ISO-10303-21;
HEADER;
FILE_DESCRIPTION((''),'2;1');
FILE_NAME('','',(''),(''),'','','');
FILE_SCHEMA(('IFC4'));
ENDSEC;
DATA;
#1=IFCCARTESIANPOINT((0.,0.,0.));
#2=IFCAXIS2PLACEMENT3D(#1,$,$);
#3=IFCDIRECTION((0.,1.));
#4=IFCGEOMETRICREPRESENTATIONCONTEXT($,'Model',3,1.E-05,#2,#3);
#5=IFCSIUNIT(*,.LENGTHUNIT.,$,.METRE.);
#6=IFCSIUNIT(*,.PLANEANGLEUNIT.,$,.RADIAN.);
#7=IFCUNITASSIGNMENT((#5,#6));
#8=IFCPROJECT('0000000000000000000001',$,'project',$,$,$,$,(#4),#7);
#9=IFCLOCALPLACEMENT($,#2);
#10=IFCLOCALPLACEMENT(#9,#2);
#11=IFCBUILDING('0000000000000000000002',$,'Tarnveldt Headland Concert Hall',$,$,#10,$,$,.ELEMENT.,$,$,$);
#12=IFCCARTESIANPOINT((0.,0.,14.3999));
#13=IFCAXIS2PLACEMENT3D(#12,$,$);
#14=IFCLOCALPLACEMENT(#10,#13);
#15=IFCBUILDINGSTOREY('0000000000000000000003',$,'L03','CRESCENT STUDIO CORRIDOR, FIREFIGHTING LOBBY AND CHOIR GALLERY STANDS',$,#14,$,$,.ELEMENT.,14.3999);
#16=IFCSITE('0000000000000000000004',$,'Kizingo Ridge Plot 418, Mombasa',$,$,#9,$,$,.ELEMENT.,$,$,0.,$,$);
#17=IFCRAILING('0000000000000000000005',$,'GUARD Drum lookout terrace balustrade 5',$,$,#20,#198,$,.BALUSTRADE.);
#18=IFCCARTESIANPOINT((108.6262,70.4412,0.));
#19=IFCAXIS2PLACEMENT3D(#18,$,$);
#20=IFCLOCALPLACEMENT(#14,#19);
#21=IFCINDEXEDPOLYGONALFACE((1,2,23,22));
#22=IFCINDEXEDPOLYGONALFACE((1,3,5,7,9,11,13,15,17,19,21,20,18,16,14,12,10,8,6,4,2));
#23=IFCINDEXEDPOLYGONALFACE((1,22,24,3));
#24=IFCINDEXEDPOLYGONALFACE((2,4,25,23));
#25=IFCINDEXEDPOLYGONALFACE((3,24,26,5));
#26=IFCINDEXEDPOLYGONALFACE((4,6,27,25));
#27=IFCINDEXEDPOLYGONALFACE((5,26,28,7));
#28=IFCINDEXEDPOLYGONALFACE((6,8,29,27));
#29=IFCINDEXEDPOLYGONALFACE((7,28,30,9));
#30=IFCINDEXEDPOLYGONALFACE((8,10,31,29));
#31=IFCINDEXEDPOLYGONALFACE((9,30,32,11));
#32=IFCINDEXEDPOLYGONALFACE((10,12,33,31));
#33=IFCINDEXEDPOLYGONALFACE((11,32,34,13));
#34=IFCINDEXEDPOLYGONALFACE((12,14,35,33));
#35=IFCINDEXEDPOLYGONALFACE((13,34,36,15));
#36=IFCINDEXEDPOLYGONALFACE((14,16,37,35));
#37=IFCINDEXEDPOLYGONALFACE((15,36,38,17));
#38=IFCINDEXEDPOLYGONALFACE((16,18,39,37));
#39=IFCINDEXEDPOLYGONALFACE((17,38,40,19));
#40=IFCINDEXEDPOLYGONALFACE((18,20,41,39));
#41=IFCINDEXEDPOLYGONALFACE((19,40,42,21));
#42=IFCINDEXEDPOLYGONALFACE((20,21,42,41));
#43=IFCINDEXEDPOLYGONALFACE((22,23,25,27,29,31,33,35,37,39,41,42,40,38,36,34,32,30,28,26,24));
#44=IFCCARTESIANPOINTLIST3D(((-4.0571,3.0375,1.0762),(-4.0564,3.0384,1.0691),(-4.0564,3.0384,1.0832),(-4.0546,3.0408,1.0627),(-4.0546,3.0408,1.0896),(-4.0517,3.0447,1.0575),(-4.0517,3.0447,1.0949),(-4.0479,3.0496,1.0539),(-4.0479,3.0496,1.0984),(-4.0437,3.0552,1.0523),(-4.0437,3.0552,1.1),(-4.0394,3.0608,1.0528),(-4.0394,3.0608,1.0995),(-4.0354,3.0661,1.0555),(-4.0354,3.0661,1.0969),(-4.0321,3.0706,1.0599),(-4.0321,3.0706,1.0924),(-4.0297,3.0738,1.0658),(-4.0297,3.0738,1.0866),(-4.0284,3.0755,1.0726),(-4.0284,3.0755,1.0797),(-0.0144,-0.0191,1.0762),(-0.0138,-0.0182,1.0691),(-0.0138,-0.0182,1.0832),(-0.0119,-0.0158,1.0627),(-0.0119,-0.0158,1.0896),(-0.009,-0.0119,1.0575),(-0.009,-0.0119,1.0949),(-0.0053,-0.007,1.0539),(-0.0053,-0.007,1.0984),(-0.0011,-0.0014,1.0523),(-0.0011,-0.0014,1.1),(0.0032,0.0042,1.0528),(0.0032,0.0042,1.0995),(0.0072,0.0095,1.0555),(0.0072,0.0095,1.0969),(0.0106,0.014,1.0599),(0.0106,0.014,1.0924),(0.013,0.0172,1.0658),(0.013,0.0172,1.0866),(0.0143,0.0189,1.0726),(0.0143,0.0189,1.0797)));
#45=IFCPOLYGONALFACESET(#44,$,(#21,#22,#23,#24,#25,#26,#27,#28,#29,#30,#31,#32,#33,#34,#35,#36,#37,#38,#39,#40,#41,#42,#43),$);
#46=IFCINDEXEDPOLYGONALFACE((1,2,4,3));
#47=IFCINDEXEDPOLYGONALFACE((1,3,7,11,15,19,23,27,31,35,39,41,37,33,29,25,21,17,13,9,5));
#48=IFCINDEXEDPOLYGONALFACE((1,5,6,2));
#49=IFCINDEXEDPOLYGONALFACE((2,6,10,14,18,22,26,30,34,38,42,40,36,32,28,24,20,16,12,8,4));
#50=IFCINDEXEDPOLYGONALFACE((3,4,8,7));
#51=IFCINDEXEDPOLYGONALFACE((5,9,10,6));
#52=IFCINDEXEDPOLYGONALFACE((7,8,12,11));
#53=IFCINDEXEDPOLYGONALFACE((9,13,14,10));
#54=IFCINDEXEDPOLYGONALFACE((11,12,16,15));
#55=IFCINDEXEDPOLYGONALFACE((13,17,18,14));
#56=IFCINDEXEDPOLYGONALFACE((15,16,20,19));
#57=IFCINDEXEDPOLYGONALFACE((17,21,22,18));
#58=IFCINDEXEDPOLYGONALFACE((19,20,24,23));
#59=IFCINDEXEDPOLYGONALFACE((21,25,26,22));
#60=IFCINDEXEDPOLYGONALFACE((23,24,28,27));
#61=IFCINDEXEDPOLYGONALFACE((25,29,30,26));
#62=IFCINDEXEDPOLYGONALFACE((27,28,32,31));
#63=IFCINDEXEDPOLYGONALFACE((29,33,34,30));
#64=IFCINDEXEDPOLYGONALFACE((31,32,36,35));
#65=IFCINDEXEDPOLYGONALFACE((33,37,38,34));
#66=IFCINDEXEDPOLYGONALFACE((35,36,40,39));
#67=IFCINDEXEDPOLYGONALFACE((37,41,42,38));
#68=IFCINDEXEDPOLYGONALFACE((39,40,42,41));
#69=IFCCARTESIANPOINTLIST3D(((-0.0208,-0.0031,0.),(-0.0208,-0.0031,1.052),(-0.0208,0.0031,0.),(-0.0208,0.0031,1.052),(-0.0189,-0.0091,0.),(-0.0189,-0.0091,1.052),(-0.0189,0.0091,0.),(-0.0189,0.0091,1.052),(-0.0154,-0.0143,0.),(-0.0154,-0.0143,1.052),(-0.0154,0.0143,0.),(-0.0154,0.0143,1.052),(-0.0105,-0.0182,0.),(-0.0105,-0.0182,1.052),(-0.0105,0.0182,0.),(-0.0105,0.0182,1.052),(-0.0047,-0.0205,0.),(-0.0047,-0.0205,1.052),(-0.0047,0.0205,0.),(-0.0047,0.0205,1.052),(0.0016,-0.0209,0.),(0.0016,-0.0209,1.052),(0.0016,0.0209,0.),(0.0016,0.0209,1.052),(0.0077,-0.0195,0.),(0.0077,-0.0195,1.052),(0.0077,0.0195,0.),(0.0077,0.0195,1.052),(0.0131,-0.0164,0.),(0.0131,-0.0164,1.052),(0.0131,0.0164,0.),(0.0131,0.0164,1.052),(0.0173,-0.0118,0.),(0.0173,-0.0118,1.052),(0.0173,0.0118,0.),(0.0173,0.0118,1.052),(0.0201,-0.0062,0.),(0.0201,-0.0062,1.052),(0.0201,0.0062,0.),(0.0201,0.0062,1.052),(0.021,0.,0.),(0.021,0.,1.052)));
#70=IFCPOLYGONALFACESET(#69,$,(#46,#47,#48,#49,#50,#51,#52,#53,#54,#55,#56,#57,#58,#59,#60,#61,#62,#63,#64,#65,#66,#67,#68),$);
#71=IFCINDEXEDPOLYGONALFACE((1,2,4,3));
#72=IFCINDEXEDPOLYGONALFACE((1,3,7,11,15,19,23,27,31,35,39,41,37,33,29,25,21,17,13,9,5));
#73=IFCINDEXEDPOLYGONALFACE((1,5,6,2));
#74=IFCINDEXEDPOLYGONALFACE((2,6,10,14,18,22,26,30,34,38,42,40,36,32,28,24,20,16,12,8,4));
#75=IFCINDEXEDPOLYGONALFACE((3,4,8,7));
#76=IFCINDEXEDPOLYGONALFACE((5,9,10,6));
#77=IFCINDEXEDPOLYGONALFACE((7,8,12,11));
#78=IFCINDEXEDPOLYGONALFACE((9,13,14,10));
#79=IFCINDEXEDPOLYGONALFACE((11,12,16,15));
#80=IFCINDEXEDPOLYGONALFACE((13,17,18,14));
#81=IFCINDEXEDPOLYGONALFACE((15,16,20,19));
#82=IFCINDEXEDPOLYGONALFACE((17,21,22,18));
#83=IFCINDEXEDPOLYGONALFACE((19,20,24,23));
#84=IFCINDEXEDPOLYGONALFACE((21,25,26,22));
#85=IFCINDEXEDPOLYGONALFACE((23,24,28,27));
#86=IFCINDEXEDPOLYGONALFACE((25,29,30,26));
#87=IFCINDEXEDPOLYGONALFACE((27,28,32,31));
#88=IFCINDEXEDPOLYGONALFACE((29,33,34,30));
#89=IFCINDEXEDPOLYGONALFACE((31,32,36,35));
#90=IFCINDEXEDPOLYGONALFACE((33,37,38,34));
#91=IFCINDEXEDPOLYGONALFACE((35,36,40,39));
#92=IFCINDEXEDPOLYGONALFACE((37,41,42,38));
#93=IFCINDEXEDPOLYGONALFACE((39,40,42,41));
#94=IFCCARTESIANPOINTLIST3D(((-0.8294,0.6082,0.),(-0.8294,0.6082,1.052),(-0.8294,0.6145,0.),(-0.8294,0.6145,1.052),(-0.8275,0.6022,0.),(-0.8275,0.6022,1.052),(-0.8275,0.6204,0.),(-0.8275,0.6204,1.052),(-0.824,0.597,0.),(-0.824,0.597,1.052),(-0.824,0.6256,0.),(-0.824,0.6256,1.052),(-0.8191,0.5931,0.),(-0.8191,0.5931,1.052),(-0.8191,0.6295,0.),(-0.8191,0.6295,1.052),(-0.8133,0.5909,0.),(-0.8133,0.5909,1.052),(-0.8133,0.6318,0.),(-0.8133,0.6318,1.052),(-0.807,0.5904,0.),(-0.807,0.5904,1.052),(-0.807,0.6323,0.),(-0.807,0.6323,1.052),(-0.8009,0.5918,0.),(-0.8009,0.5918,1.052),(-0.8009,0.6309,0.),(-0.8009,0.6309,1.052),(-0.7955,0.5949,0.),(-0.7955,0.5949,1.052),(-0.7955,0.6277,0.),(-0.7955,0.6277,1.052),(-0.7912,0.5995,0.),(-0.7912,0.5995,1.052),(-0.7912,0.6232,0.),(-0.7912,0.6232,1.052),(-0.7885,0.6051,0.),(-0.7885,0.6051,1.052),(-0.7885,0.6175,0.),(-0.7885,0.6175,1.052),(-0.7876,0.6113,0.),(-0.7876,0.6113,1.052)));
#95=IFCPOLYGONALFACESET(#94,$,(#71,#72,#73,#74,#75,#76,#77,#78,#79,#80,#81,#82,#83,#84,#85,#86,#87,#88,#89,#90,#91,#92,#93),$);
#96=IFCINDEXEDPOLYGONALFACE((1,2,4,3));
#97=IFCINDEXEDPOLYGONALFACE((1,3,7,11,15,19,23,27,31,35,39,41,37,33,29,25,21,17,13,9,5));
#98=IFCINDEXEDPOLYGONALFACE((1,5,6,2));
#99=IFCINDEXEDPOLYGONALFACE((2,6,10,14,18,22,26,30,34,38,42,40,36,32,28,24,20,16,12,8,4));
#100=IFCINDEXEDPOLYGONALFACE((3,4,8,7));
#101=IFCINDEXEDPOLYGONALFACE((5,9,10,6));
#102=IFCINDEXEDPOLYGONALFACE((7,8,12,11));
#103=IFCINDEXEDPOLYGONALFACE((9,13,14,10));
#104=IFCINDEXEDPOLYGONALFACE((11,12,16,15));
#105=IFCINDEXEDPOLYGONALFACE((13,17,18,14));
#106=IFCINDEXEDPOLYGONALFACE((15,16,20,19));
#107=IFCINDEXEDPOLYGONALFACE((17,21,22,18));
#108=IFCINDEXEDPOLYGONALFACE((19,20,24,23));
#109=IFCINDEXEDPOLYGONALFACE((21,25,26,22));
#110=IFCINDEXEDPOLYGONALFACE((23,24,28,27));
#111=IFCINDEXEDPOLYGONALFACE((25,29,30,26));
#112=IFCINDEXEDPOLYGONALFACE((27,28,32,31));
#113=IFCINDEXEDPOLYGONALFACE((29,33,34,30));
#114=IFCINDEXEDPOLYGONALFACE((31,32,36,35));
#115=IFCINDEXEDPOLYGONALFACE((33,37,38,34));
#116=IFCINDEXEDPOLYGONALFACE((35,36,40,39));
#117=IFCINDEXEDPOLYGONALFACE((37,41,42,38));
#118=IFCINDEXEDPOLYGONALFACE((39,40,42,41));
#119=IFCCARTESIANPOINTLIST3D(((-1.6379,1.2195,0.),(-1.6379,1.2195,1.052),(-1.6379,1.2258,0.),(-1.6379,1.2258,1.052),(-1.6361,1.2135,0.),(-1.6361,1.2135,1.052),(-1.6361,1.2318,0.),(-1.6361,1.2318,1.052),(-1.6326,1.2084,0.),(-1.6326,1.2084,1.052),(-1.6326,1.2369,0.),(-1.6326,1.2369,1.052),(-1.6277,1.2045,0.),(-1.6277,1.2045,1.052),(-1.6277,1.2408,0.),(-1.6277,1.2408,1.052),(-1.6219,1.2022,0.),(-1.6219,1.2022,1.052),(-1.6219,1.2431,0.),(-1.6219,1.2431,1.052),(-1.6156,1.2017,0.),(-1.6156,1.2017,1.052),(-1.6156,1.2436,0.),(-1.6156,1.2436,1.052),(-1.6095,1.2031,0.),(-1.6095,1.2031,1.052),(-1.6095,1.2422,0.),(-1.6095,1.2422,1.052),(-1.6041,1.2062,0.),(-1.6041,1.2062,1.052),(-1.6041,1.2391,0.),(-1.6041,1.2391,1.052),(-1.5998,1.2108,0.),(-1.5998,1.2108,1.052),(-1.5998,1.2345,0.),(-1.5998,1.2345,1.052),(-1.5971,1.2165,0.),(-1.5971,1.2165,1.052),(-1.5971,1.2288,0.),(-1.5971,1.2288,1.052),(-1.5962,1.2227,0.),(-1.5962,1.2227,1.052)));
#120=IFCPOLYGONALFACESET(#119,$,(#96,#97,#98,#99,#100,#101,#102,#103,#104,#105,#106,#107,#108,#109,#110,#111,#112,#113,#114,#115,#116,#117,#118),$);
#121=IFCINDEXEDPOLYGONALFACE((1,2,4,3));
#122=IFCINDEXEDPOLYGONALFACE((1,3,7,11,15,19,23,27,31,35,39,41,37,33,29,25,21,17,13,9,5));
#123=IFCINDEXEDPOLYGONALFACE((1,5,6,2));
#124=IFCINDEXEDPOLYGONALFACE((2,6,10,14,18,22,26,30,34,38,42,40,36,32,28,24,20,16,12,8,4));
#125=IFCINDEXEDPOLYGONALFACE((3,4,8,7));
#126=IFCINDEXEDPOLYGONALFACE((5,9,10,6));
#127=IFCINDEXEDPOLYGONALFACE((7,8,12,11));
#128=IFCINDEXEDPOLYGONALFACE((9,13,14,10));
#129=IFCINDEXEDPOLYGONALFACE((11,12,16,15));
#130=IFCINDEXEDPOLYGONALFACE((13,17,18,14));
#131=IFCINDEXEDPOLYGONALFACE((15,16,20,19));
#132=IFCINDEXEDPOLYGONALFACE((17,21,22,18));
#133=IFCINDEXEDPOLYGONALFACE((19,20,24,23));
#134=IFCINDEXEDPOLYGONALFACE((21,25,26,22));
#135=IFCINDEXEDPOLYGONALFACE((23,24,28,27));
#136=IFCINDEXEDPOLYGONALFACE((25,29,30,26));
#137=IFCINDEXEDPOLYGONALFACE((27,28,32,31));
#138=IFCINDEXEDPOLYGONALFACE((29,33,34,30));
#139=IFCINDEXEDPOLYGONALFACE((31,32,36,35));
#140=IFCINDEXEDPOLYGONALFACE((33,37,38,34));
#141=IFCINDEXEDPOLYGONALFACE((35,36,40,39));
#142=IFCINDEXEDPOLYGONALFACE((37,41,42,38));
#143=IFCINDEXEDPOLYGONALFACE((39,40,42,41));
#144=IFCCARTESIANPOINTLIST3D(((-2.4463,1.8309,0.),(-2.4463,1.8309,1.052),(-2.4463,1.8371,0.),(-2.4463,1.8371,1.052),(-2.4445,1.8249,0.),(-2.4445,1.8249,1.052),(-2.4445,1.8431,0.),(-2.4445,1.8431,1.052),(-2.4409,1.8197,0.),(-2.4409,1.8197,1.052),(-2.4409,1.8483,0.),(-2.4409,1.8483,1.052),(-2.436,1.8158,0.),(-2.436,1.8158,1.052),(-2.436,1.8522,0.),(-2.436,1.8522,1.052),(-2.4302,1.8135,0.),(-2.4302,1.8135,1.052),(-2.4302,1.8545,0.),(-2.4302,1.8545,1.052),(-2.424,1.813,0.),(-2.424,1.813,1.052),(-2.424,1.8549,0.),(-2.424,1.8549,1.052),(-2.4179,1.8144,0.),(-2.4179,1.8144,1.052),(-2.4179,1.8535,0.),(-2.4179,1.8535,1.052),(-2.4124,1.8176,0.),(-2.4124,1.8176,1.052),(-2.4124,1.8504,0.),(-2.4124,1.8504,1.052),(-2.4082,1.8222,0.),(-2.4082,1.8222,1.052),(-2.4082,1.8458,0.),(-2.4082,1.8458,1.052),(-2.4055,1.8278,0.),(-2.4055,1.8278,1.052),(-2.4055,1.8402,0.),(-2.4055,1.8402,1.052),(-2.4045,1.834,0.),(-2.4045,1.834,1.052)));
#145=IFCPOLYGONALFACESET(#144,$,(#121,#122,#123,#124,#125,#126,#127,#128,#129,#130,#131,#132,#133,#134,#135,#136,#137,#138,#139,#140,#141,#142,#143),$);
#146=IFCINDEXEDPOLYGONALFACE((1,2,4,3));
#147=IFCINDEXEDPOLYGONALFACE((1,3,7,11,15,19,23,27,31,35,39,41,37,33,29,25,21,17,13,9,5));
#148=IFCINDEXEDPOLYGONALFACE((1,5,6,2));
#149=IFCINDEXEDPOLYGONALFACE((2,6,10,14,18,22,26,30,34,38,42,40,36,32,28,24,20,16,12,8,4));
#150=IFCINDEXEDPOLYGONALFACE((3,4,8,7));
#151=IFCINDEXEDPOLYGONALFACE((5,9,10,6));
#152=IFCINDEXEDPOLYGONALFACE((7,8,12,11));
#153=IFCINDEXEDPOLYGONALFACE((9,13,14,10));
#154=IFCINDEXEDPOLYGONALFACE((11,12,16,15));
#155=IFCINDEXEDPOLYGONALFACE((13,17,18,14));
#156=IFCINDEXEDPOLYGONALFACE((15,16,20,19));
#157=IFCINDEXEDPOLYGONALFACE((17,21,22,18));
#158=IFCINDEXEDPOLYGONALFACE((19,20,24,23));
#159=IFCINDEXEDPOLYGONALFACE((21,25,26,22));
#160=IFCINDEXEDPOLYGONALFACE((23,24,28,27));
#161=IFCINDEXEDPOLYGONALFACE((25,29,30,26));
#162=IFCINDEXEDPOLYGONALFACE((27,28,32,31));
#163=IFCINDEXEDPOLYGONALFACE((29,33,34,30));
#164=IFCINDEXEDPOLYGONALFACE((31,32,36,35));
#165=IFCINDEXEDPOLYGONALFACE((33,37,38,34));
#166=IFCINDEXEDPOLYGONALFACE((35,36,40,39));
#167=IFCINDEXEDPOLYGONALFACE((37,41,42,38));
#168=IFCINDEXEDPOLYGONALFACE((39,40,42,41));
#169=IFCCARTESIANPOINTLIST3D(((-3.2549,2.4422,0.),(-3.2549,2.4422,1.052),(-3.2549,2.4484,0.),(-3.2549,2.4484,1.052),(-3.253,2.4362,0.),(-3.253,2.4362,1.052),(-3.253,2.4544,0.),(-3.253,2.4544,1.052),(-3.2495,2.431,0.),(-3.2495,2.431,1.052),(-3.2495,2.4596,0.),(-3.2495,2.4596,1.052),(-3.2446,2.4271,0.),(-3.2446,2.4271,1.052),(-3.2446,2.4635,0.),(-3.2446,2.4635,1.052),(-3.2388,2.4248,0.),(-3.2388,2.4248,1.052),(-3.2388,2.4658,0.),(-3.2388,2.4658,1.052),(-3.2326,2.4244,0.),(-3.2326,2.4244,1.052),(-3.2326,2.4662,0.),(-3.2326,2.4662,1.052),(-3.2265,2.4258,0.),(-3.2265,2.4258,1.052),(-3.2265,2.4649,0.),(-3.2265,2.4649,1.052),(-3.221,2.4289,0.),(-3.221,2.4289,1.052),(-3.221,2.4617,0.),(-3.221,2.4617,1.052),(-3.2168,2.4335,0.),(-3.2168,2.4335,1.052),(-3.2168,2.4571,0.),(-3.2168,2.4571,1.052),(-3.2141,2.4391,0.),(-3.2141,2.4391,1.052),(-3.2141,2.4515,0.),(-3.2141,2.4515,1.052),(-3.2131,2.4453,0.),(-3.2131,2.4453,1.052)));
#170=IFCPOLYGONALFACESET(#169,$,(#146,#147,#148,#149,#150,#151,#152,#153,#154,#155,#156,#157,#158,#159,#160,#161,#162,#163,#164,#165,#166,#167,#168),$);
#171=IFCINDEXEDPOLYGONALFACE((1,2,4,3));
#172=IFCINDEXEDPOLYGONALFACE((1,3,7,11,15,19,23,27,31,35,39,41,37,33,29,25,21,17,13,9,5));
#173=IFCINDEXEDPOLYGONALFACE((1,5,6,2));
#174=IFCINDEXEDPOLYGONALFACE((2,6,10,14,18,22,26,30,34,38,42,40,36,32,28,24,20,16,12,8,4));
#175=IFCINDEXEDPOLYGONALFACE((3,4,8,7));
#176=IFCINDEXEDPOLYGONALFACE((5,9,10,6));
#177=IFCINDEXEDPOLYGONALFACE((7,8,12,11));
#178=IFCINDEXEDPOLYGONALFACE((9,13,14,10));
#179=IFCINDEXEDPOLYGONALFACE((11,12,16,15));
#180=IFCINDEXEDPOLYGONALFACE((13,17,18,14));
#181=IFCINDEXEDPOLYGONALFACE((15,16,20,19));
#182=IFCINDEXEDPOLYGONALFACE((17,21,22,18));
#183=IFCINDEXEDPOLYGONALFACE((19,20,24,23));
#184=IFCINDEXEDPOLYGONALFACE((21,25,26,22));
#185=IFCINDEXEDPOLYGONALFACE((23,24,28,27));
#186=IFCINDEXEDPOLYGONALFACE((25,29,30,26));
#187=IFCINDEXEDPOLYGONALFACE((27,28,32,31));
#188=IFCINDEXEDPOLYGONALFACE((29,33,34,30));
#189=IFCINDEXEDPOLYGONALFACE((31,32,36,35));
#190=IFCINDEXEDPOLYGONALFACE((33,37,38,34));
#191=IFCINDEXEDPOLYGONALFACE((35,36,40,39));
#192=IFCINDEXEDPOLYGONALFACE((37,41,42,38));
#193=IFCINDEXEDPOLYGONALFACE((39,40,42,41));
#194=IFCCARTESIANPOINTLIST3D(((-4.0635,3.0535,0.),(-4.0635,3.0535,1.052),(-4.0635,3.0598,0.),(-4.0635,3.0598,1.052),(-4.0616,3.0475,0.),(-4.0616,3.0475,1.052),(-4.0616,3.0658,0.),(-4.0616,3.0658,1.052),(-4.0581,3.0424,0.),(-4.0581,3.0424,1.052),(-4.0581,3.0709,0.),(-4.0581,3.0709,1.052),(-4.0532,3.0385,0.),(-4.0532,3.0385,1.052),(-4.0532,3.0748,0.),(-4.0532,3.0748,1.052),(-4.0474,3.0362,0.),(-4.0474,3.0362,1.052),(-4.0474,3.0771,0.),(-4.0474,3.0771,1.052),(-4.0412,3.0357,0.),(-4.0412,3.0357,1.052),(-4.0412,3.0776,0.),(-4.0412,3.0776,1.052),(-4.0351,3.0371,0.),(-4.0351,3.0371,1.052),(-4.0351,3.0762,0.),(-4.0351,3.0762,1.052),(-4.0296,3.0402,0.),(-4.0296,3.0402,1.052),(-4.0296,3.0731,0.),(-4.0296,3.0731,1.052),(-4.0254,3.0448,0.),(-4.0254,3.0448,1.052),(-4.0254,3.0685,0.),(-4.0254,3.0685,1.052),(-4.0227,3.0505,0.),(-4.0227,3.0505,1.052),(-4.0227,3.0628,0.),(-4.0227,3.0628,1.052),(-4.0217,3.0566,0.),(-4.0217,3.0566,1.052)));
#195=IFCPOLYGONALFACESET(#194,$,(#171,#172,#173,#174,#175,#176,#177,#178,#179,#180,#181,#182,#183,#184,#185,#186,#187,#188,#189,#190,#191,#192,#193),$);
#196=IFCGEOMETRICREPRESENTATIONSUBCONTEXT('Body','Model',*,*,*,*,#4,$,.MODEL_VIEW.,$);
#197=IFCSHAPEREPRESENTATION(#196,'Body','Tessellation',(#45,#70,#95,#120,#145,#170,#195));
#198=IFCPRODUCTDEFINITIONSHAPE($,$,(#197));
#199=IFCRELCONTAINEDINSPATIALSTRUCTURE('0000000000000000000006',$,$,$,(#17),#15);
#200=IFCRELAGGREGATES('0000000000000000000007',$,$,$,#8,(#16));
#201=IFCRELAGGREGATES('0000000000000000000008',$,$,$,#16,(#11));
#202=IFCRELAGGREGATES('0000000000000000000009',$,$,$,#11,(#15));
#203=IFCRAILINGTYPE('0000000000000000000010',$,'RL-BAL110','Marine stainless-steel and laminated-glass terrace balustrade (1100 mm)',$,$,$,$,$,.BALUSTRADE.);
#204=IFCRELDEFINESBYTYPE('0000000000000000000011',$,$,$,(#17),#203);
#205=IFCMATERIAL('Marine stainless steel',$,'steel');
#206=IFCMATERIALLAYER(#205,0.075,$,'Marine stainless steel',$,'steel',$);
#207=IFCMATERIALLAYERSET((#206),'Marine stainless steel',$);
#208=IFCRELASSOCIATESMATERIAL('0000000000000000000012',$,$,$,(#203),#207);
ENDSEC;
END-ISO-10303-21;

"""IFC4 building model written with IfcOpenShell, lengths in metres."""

from ifc_helpers import new_model, si_unit, direction, frame, origin, origin_2d, place, context, subcontext, project, spatial, circle, extrude, material, layer, layer_set, type_object, element, save


model = new_model("IFC4")

# Units and contexts
model_context = context("Model", 3, precision=1e-05, world=origin(), true_north=direction((0.0, 1.0)))
body_context = subcontext(model_context, "Body", "Model", "MODEL_VIEW")
ifc_project = project(units=[si_unit("LENGTHUNIT", "METRE"), si_unit("PLANEANGLEUNIT", "RADIAN")], contexts=[model_context])

# Site, building, storey
site_placement = place(None, origin())
site = spatial("IfcSite", under=ifc_project, at=site_placement, Name="Kizingo Ridge Plot 418, Mombasa", CompositionType="ELEMENT", RefElevation=0.0)
building_placement = place(site_placement, origin())
building = spatial("IfcBuilding", under=site, at=building_placement, Name="Tarnveldt Headland Concert Hall", CompositionType="ELEMENT")
storey_placement = place(building_placement, frame((0.0, 0.0, 14.3999)))
storey = spatial("IfcBuildingStorey", under=building, at=storey_placement, Name="L03", Description="CRESCENT STUDIO CORRIDOR, FIREFIGHTING LOBBY AND CHOIR GALLERY STANDS", CompositionType="ELEMENT", Elevation=14.3999)

# Railing
ifc_material_1 = material(Name="Marine stainless steel", Category="steel")
ifc_layer_1 = layer(ifc_material_1, 0.075, Name="Marine stainless steel", Category="steel")
ifc_layer_set_1 = layer_set([ifc_layer_1], Name="Marine stainless steel")
railing_type = type_object("IfcRailingType", Name="RL-BAL110", Description="Marine stainless-steel and laminated-glass terrace balustrade (1100 mm)", PredefinedType="BALUSTRADE", material=ifc_layer_set_1)
railing_1_placement = place(storey_placement, frame((108.6262, 70.4412, 0.0)))
element("IfcRailing", 1, at=railing_1_placement, inside=storey, type_object=railing_type, Name="GUARD Drum lookout terrace balustrade 5", PredefinedType="BALUSTRADE", context=body_context, shape_type="SweptSolid", body=[
    extrude(circle(Radius=0.0239, at=origin_2d()), frame((0.0, 0.0, 1.0762), z_axis=(-0.797664, 0.603102, 0.0), x_axis=(-0.603102, -0.797664, 0.0)), (0.0, 0.0, 1.0), 5.0681),
    extrude(circle(Radius=0.021, at=origin_2d()), origin(), (0.0, 0.0, 1.0), 1.052),
    extrude(circle(Radius=0.021, at=origin_2d()), frame((-0.8086, 0.6113, 0.0)), (0.0, 0.0, 1.0), 1.052),
    extrude(circle(Radius=0.021, at=origin_2d()), frame((-1.6172, 1.2227, 0.0)), (0.0, 0.0, 1.0), 1.052),
    extrude(circle(Radius=0.021, at=origin_2d()), frame((-2.4255, 1.834, 0.0)), (0.0, 0.0, 1.0), 1.052),
    extrude(circle(Radius=0.021, at=origin_2d()), frame((-3.2341, 2.4453, 0.0)), (0.0, 0.0, 1.0), 1.052),
    extrude(circle(Radius=0.021, at=origin_2d()), frame((-4.0427, 3.0566, 0.0)), (0.0, 0.0, 1.0), 1.052),
])

save(model, "model.ifc")
